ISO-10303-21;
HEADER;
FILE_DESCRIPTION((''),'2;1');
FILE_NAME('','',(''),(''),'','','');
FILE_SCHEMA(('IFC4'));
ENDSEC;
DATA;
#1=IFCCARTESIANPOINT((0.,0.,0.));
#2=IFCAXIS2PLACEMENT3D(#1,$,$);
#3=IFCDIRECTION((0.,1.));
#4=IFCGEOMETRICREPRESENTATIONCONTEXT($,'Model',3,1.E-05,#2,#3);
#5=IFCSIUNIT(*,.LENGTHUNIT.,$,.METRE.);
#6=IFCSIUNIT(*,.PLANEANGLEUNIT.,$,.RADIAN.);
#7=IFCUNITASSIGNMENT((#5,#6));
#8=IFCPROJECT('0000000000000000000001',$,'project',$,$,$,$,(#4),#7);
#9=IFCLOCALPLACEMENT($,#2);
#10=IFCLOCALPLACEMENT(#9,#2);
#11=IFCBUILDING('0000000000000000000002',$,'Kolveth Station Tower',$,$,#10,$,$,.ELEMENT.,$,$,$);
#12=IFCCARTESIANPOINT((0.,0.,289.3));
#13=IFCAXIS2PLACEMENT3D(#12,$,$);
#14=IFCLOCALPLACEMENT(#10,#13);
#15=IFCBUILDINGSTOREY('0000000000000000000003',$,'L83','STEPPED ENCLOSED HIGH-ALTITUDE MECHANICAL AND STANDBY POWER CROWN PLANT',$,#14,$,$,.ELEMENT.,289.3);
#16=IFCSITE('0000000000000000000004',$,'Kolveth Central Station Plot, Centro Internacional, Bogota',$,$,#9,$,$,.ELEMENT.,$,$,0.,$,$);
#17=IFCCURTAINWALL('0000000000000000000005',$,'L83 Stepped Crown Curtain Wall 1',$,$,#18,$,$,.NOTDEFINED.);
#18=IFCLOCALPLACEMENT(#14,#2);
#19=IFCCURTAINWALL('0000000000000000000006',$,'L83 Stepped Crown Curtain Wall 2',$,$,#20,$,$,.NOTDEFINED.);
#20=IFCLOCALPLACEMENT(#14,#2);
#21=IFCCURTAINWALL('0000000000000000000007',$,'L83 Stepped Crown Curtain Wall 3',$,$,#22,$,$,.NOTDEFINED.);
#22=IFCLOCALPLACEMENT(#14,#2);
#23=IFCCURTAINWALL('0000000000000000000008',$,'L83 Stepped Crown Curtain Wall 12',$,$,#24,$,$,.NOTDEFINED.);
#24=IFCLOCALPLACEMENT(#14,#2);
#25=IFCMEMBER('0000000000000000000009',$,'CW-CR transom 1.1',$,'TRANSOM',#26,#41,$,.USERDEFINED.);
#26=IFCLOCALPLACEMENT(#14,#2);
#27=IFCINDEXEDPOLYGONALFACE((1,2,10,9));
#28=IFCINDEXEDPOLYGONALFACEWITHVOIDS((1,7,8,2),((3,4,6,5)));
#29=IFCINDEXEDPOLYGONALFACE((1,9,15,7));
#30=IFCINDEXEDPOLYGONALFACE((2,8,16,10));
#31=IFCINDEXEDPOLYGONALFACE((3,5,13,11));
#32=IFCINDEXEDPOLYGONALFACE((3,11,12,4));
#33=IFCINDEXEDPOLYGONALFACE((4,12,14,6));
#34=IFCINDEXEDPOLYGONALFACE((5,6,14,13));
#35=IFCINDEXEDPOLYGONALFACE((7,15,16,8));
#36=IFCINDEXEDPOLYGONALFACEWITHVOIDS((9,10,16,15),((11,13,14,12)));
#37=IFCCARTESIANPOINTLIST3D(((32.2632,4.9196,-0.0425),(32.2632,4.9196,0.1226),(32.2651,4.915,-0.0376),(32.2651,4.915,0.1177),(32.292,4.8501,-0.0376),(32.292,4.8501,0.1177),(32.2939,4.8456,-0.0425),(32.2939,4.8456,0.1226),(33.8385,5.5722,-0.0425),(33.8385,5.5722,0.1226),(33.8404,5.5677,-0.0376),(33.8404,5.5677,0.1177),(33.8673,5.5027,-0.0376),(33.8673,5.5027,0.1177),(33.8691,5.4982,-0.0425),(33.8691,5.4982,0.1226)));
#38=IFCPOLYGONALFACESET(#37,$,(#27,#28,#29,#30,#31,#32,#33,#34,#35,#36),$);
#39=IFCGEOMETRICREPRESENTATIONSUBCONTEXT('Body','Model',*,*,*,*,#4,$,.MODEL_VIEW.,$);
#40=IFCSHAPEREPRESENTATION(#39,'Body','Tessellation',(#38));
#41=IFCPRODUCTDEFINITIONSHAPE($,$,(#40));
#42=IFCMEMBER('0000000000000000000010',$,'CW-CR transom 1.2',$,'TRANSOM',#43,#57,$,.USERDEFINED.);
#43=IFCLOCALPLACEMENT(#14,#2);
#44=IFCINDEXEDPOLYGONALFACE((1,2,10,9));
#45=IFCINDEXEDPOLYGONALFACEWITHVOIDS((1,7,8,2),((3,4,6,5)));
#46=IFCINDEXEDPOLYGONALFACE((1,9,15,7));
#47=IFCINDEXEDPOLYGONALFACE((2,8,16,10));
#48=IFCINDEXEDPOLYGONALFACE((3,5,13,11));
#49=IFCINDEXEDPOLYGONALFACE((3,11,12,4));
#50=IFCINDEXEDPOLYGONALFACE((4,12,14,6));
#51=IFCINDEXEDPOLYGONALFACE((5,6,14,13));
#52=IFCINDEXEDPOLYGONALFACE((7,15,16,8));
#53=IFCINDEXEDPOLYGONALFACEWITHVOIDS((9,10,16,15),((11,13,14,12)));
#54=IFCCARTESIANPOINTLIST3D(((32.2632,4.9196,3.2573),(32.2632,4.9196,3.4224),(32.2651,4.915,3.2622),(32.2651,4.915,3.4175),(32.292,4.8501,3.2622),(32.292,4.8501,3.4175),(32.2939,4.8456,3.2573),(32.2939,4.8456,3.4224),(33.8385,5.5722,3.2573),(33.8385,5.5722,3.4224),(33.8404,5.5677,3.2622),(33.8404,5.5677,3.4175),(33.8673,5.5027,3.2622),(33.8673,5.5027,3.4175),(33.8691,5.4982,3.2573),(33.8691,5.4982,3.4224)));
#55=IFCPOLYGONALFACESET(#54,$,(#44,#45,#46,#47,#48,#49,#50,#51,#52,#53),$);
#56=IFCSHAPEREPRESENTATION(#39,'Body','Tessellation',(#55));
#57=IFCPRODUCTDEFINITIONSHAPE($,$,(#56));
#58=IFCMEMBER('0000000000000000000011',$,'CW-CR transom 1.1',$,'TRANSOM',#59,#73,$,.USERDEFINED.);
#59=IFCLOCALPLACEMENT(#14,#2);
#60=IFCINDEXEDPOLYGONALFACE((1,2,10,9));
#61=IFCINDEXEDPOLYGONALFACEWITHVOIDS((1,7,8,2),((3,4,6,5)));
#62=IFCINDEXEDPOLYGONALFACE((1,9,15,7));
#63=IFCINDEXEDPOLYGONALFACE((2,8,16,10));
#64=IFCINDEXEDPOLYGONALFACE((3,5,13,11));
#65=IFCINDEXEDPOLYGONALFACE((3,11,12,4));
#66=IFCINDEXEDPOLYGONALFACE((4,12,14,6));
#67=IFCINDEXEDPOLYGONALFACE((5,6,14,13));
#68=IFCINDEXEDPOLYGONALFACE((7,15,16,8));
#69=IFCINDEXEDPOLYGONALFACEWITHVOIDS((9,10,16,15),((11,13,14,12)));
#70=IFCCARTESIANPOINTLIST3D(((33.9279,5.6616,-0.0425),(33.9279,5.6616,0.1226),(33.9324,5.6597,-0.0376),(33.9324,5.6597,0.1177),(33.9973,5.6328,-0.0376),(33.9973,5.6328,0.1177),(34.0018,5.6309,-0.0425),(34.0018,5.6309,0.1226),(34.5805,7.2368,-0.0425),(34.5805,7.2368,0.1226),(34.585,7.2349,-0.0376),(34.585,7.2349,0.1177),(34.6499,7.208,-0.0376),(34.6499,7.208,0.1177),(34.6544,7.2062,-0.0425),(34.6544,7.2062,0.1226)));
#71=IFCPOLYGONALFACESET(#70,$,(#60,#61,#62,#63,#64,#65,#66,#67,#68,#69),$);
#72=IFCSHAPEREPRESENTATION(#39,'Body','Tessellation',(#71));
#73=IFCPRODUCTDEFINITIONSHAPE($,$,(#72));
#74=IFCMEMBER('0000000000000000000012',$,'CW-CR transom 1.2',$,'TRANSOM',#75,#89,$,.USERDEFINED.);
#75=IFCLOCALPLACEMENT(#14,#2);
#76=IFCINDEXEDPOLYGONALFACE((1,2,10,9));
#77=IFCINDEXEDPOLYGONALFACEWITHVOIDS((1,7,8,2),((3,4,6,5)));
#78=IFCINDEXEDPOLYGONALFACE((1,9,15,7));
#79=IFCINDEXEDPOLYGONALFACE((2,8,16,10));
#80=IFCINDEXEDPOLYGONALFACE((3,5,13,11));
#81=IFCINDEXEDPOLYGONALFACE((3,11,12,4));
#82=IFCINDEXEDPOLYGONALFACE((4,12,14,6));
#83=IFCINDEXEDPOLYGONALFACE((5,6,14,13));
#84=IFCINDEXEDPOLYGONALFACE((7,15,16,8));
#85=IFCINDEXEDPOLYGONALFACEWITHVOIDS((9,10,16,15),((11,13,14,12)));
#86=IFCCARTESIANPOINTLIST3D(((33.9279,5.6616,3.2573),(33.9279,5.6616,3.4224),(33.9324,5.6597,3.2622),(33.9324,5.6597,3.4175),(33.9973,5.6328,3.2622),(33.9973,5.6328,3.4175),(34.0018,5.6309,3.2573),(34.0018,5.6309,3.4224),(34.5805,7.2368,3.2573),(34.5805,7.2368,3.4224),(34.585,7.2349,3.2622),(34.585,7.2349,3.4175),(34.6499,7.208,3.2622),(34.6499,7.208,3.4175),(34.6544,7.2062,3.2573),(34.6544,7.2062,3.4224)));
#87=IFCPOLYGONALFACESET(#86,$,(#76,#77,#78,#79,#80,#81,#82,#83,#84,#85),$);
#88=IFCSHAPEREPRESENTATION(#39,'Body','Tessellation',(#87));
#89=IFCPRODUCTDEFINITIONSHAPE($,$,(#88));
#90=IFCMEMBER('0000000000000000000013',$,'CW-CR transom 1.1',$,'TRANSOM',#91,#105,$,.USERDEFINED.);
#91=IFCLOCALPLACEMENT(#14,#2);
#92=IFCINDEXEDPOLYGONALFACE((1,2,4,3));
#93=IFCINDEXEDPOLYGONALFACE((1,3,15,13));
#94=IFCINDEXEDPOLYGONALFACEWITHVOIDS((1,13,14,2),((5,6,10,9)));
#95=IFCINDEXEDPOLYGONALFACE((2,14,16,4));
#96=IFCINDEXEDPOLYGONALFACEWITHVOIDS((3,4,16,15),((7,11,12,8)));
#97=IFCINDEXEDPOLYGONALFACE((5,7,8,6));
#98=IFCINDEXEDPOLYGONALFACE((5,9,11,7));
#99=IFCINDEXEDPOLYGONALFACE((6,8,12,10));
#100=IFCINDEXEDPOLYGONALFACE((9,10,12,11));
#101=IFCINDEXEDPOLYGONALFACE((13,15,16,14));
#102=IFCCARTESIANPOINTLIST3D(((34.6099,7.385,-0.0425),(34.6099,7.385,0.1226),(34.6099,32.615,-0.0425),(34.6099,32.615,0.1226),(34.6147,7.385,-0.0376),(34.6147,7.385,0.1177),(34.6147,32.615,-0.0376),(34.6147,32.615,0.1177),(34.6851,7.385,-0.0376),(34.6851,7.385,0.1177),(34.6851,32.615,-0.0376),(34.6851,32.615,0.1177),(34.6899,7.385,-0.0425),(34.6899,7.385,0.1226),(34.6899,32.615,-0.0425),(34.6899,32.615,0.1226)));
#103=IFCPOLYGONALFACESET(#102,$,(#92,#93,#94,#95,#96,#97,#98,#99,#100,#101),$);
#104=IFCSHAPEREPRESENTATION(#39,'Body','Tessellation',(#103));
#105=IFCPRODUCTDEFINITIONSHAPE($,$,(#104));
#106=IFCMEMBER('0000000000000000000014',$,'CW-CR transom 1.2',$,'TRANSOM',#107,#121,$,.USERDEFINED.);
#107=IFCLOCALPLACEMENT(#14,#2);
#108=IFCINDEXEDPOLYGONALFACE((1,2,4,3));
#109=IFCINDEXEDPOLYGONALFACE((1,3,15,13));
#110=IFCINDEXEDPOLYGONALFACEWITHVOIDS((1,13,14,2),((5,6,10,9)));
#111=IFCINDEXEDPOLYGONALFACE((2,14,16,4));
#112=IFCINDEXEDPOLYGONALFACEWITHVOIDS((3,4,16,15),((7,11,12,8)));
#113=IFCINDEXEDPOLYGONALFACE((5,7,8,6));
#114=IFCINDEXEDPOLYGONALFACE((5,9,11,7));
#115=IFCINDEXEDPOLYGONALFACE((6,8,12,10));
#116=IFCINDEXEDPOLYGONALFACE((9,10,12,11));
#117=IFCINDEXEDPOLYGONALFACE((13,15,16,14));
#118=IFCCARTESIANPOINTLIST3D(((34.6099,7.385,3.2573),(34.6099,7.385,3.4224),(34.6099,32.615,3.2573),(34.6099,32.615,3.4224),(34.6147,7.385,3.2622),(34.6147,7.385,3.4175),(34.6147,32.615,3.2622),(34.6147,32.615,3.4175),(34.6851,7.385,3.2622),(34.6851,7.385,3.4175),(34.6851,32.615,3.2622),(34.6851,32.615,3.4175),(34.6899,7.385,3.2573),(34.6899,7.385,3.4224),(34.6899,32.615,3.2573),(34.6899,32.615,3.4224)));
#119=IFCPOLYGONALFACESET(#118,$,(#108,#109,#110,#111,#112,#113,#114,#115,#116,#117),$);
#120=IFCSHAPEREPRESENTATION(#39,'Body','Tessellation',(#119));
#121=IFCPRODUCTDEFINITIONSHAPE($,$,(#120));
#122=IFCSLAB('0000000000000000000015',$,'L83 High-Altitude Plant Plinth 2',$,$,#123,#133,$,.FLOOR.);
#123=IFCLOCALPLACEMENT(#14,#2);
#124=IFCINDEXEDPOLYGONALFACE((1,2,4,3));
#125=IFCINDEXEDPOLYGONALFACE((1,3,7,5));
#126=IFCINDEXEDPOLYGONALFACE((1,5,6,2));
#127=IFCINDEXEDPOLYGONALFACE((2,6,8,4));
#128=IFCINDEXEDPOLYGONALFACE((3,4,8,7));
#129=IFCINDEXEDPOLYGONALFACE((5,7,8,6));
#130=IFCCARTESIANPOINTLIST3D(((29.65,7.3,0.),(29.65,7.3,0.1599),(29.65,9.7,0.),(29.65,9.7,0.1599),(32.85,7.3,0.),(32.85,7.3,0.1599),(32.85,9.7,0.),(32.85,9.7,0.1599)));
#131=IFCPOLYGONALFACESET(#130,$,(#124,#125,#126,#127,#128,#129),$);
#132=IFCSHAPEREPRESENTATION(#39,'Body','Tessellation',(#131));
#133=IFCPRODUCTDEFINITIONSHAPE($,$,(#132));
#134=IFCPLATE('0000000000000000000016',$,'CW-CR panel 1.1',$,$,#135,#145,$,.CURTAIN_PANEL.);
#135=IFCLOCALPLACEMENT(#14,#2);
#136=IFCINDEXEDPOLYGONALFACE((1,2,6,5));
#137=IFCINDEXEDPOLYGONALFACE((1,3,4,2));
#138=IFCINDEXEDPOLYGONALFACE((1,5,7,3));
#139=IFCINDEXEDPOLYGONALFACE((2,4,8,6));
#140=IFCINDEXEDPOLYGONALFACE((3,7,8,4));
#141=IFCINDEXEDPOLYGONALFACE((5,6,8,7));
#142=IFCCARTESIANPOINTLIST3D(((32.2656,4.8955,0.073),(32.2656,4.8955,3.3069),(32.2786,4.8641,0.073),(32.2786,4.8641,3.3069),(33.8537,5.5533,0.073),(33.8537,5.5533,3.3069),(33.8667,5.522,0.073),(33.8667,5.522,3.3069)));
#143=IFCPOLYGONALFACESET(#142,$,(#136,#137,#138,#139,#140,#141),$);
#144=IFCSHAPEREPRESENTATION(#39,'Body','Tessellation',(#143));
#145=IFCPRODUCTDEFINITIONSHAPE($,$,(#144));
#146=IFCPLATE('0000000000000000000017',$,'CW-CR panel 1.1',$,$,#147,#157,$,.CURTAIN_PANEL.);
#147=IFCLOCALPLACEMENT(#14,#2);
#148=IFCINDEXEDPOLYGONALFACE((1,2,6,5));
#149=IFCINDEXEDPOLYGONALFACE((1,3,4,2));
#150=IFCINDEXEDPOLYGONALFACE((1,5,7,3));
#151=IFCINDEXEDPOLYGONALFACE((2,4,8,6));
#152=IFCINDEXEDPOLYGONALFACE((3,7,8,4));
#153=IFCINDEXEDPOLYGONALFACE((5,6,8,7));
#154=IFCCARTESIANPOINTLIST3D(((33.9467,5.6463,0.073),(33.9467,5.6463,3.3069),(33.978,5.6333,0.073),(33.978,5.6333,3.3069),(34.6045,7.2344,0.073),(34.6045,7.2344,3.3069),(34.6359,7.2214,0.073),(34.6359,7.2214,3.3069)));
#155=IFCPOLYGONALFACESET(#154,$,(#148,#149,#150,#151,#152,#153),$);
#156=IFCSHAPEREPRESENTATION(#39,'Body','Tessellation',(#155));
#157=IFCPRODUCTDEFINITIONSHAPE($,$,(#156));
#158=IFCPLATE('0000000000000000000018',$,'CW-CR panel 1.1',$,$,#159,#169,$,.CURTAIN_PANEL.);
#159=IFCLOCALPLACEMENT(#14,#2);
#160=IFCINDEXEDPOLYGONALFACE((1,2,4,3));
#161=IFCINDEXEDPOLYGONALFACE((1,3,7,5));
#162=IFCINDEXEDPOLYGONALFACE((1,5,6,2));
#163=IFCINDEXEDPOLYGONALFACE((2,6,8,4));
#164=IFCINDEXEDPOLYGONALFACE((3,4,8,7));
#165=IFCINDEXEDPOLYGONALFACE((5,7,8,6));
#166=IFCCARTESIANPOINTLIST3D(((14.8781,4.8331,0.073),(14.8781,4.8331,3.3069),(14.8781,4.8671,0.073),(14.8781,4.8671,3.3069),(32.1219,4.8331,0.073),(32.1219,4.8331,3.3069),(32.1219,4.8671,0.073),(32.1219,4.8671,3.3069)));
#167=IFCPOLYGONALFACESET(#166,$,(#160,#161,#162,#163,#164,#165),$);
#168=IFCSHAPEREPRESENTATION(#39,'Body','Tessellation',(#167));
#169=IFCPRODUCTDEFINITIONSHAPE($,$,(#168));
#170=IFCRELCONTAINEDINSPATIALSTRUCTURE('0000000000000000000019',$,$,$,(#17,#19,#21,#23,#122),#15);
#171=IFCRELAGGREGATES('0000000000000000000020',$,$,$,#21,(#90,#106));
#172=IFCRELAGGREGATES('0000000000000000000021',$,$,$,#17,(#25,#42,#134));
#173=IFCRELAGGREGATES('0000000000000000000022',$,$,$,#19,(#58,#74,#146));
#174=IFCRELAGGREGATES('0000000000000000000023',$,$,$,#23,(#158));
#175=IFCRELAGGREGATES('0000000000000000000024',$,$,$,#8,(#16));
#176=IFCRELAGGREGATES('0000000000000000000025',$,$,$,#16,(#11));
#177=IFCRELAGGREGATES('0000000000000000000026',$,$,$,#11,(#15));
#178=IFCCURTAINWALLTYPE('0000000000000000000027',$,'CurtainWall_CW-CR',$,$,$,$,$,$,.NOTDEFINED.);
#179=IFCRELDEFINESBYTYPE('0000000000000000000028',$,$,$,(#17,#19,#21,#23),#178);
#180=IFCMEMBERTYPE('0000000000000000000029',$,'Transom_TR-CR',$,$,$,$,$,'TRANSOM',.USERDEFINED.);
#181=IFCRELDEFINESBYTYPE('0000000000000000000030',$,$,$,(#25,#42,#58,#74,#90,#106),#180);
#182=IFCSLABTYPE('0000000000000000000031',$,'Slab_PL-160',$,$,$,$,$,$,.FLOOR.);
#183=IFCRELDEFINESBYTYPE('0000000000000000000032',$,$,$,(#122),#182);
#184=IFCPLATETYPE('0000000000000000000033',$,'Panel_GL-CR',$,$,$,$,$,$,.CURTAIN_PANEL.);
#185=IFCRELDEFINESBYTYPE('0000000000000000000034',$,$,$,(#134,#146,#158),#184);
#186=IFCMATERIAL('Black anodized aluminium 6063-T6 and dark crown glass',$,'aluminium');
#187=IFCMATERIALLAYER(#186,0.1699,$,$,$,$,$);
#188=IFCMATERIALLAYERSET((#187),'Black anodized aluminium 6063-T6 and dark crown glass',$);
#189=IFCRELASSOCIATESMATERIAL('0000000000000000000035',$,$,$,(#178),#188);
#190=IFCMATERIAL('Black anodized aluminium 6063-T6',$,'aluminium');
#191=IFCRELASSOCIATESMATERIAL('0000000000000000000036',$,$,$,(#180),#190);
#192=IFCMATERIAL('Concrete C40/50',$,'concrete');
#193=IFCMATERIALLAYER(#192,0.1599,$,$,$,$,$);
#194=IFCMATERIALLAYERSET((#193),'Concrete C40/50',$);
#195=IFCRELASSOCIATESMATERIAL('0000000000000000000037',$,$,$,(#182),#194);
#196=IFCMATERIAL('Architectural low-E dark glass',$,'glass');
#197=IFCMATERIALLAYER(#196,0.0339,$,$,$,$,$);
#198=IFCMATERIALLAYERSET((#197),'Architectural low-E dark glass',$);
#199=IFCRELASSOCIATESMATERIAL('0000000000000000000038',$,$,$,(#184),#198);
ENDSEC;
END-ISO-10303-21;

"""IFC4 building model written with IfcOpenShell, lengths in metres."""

from ifc_helpers import new_model, si_unit, direction, frame, origin, origin_2d, place, context, subcontext, project, spatial, rectangle, hollow_rectangle, extrude, source, transform, mapped, material, layer, layer_set, material_profile, profile_set, type_object, element, aggregate, save


model = new_model("IFC4")

# Units and contexts
model_context = context("Model", 3, precision=1e-05, world=origin(), true_north=direction((0.0, 1.0)))
body_context = subcontext(model_context, "Body", "Model", "MODEL_VIEW")
ifc_project = project(units=[si_unit("LENGTHUNIT", "METRE"), si_unit("PLANEANGLEUNIT", "RADIAN")], contexts=[model_context])

# Site, building, storey
site_placement = place(None, origin())
site = spatial("IfcSite", under=ifc_project, at=site_placement, Name="Kolveth Central Station Plot, Centro Internacional, Bogota", CompositionType="ELEMENT", RefElevation=0.0)
building_placement = place(site_placement, origin())
building = spatial("IfcBuilding", under=site, at=building_placement, Name="Kolveth Station Tower", CompositionType="ELEMENT")
storey_placement = place(building_placement, frame((0.0, 0.0, 289.3)))
storey = spatial("IfcBuildingStorey", under=building, at=storey_placement, Name="L83", Description="STEPPED ENCLOSED HIGH-ALTITUDE MECHANICAL AND STANDBY POWER CROWN PLANT", CompositionType="ELEMENT", Elevation=289.3)

# Curtain walls
ifc_material_1 = material(Name="Black anodized aluminium 6063-T6 and dark crown glass", Category="aluminium")
ifc_layer_1 = layer(ifc_material_1, 0.1699)
ifc_layer_set_1 = layer_set([ifc_layer_1], Name="Black anodized aluminium 6063-T6 and dark crown glass")
curtain_wall_type = type_object("IfcCurtainWallType", Name="CurtainWall_CW-CR", PredefinedType="NOTDEFINED", material=ifc_layer_set_1)
curtain_wall_1_placement = place(storey_placement, origin())
curtain_wall_1 = element("IfcCurtainWall", 1, at=curtain_wall_1_placement, inside=storey, type_object=curtain_wall_type, Name="L83 Stepped Crown Curtain Wall 1", PredefinedType="NOTDEFINED")
ifc_material_2 = material(Name="Black anodized aluminium 6063-T6", Category="aluminium")
curtain_wall_2_placement = place(storey_placement, origin())
curtain_wall_2 = element("IfcCurtainWall", 2, at=curtain_wall_2_placement, inside=storey, type_object=curtain_wall_type, Name="L83 Stepped Crown Curtain Wall 2", PredefinedType="NOTDEFINED")

# Curtain walls
curtain_wall_3_placement = place(storey_placement, origin())
curtain_wall_3 = element("IfcCurtainWall", 3, at=curtain_wall_3_placement, inside=storey, type_object=curtain_wall_type, Name="L83 Stepped Crown Curtain Wall 3", PredefinedType="NOTDEFINED")
curtain_wall_4_placement = place(storey_placement, origin())
curtain_wall_4 = element("IfcCurtainWall", 4, at=curtain_wall_4_placement, inside=storey, type_object=curtain_wall_type, Name="L83 Stepped Crown Curtain Wall 12", PredefinedType="NOTDEFINED")

# Members
ifc_material_profile_1 = material_profile(ifc_material_2, hollow_rectangle(XDim=0.0801, YDim=0.165, WallThickness=0.0049, at=origin_2d()), Name="ALU-80x165x5")
ifc_profile_set_1 = profile_set([ifc_material_profile_1], Name="Black anodized aluminium 6063-T6")
member_type_1 = type_object("IfcMemberType", Name="Transom_TR-CR", ElementType="TRANSOM", PredefinedType="USERDEFINED", material=ifc_profile_set_1)
shared_shape_1 = source(origin(), body_context, "Body", "SweptSolid", [
    extrude(hollow_rectangle(XDim=0.0801, YDim=0.165, WallThickness=0.0049, at=origin_2d()), origin(), (0.0, 0.0, 1.0), 1.7051),
])
member_1_placement = place(storey_placement, frame((32.2786, 4.8826, 0.04), z_axis=(0.923855, 0.382744, 0.0), x_axis=(-0.382744, 0.923855, 0.0)))
member_1 = element("IfcMember", 5, at=member_1_placement, type_object=member_type_1, Name="CW-CR transom 1.1", ObjectType="TRANSOM", PredefinedType="USERDEFINED", context=body_context, shape_type="MappedRepresentation", body=[
    mapped(shared_shape_1, transform((0.0, 0.0, 0.0), x_axis=(1.0, 0.0, 0.0), y_axis=(0.0, 1.0, 0.0), z_axis=(0.0, 0.0, 1.0), scale=1.0)),
])
member_2_placement = place(storey_placement, frame((32.2786, 4.8826, 3.3398), z_axis=(0.923855, 0.382744, 0.0), x_axis=(-0.382744, 0.923855, 0.0)))
member_2 = element("IfcMember", 6, at=member_2_placement, type_object=member_type_1, Name="CW-CR transom 1.2", ObjectType="TRANSOM", PredefinedType="USERDEFINED", context=body_context, shape_type="MappedRepresentation", body=[
    mapped(shared_shape_1, transform((0.0, 0.0, 0.0), x_axis=(1.0, 0.0, 0.0), y_axis=(0.0, 1.0, 0.0), z_axis=(0.0, 0.0, 1.0), scale=1.0)),
])
member_3_placement = place(storey_placement, frame((33.9648, 5.6462, 0.04), z_axis=(0.382744, 0.923855, 0.0), x_axis=(-0.923855, 0.382744, 0.0)))
member_3 = element("IfcMember", 7, at=member_3_placement, type_object=member_type_1, Name="CW-CR transom 1.1", ObjectType="TRANSOM", PredefinedType="USERDEFINED", context=body_context, shape_type="MappedRepresentation", body=[
    mapped(shared_shape_1, transform((0.0, 0.0, 0.0), x_axis=(1.0, 0.0, 0.0), y_axis=(0.0, 1.0, 0.0), z_axis=(0.0, 0.0, 1.0), scale=1.0)),
])
member_4_placement = place(storey_placement, frame((33.9648, 5.6462, 3.3398), z_axis=(0.382744, 0.923855, 0.0), x_axis=(-0.923855, 0.382744, 0.0)))
member_4 = element("IfcMember", 8, at=member_4_placement, type_object=member_type_1, Name="CW-CR transom 1.2", ObjectType="TRANSOM", PredefinedType="USERDEFINED", context=body_context, shape_type="MappedRepresentation", body=[
    mapped(shared_shape_1, transform((0.0, 0.0, 0.0), x_axis=(1.0, 0.0, 0.0), y_axis=(0.0, 1.0, 0.0), z_axis=(0.0, 0.0, 1.0), scale=1.0)),
])
shared_shape_2 = source(origin(), body_context, "Body", "SweptSolid", [
    extrude(hollow_rectangle(XDim=0.0801, YDim=0.165, WallThickness=0.0049, at=origin_2d()), origin(), (0.0, 0.0, 1.0), 25.23),
])
member_5_placement = place(storey_placement, frame((34.6499, 7.385, 0.04), z_axis=(0.0, 1.0, 0.0), x_axis=(-1.0, 0.0, 0.0)))
member_5 = element("IfcMember", 9, at=member_5_placement, type_object=member_type_1, Name="CW-CR transom 1.1", ObjectType="TRANSOM", PredefinedType="USERDEFINED", context=body_context, shape_type="MappedRepresentation", body=[
    mapped(shared_shape_2, transform((0.0, 0.0, 0.0), x_axis=(1.0, 0.0, 0.0), y_axis=(0.0, 1.0, 0.0), z_axis=(0.0, 0.0, 1.0), scale=1.0)),
])
member_6_placement = place(storey_placement, frame((34.6499, 7.385, 3.3398), z_axis=(0.0, 1.0, 0.0), x_axis=(-1.0, 0.0, 0.0)))
member_6 = element("IfcMember", 10, at=member_6_placement, type_object=member_type_1, Name="CW-CR transom 1.2", ObjectType="TRANSOM", PredefinedType="USERDEFINED", context=body_context, shape_type="MappedRepresentation", body=[
    mapped(shared_shape_2, transform((0.0, 0.0, 0.0), x_axis=(1.0, 0.0, 0.0), y_axis=(0.0, 1.0, 0.0), z_axis=(0.0, 0.0, 1.0), scale=1.0)),
])
aggregate(curtain_wall_3, [member_5, member_6])

# Slab
ifc_material_3 = material(Name="Concrete C40/50", Category="concrete")
ifc_layer_2 = layer(ifc_material_3, 0.1599)
ifc_layer_set_2 = layer_set([ifc_layer_2], Name="Concrete C40/50")
slab_type = type_object("IfcSlabType", Name="Slab_PL-160", PredefinedType="FLOOR", material=ifc_layer_set_2)
shared_shape_3 = source(origin(), body_context, "Body", "SweptSolid", [
    extrude(rectangle(XDim=3.2, YDim=2.3999, at=origin_2d()), origin(), (0.0, 0.0, 1.0), 0.1599),
])
slab_placement = place(storey_placement, frame((31.25, 8.5, 0.0), z_axis=(0.0, 0.0, 1.0), x_axis=(1.0, 0.0, 0.0)))
element("IfcSlab", 11, at=slab_placement, inside=storey, type_object=slab_type, Name="L83 High-Altitude Plant Plinth 2", PredefinedType="FLOOR", context=body_context, shape_type="MappedRepresentation", body=[
    mapped(shared_shape_3, transform((0.0, 0.0, 0.0), x_axis=(1.0, 0.0, 0.0), y_axis=(0.0, 1.0, 0.0), z_axis=(0.0, 0.0, 1.0), scale=1.0)),
])

# Plates
ifc_material_4 = material(Name="Architectural low-E dark glass", Category="glass")
ifc_layer_3 = layer(ifc_material_4, 0.0339)
ifc_layer_set_3 = layer_set([ifc_layer_3], Name="Architectural low-E dark glass")
plate_type = type_object("IfcPlateType", Name="Panel_GL-CR", PredefinedType="CURTAIN_PANEL", material=ifc_layer_set_3)
shared_shape_4 = source(origin(), body_context, "Body", "SweptSolid", [
    extrude(rectangle(XDim=1.719, YDim=0.0339, at=origin_2d()), origin(), (0.0, 0.0, 1.0), 3.2339),
])
plate_1_placement = place(storey_placement, frame((33.0662, 5.2087, 0.073), z_axis=(0.0, 0.0, 1.0), x_axis=(0.923876, 0.382691, 0.0)))
plate_1 = element("IfcPlate", 12, at=plate_1_placement, type_object=plate_type, Name="CW-CR panel 1.1", PredefinedType="CURTAIN_PANEL", context=body_context, shape_type="MappedRepresentation", body=[
    mapped(shared_shape_4, transform((0.0, 0.0, 0.0), x_axis=(1.0, 0.0, 0.0), y_axis=(0.0, 1.0, 0.0), z_axis=(0.0, 0.0, 1.0), scale=1.0)),
])
aggregate(curtain_wall_1, [member_1, member_2, plate_1])
plate_2_placement = place(storey_placement, frame((34.2913, 6.4338, 0.073), z_axis=(0.0, 0.0, 1.0), x_axis=(0.382691, 0.923876, 0.0)))
plate_2 = element("IfcPlate", 13, at=plate_2_placement, type_object=plate_type, Name="CW-CR panel 1.1", PredefinedType="CURTAIN_PANEL", context=body_context, shape_type="MappedRepresentation", body=[
    mapped(shared_shape_4, transform((0.0, 0.0, 0.0), x_axis=(1.0, 0.0, 0.0), y_axis=(0.0, 1.0, 0.0), z_axis=(0.0, 0.0, 1.0), scale=1.0)),
])
aggregate(curtain_wall_2, [member_3, member_4, plate_2])
shared_shape_5 = source(origin(), body_context, "Body", "SweptSolid", [
    extrude(rectangle(XDim=17.2439, YDim=0.0339, at=origin_2d()), origin(), (0.0, 0.0, 1.0), 3.2339),
])
plate_3_placement = place(storey_placement, frame((23.5, 4.8501, 0.073), z_axis=(0.0, 0.0, 1.0), x_axis=(1.0, 0.0, 0.0)))
plate_3 = element("IfcPlate", 14, at=plate_3_placement, type_object=plate_type, Name="CW-CR panel 1.1", PredefinedType="CURTAIN_PANEL", context=body_context, shape_type="MappedRepresentation", body=[
    mapped(shared_shape_5, transform((0.0, 0.0, 0.0), x_axis=(1.0, 0.0, 0.0), y_axis=(0.0, 1.0, 0.0), z_axis=(0.0, 0.0, 1.0), scale=1.0)),
])
aggregate(curtain_wall_4, [plate_3])

save(model, "model.ifc")
